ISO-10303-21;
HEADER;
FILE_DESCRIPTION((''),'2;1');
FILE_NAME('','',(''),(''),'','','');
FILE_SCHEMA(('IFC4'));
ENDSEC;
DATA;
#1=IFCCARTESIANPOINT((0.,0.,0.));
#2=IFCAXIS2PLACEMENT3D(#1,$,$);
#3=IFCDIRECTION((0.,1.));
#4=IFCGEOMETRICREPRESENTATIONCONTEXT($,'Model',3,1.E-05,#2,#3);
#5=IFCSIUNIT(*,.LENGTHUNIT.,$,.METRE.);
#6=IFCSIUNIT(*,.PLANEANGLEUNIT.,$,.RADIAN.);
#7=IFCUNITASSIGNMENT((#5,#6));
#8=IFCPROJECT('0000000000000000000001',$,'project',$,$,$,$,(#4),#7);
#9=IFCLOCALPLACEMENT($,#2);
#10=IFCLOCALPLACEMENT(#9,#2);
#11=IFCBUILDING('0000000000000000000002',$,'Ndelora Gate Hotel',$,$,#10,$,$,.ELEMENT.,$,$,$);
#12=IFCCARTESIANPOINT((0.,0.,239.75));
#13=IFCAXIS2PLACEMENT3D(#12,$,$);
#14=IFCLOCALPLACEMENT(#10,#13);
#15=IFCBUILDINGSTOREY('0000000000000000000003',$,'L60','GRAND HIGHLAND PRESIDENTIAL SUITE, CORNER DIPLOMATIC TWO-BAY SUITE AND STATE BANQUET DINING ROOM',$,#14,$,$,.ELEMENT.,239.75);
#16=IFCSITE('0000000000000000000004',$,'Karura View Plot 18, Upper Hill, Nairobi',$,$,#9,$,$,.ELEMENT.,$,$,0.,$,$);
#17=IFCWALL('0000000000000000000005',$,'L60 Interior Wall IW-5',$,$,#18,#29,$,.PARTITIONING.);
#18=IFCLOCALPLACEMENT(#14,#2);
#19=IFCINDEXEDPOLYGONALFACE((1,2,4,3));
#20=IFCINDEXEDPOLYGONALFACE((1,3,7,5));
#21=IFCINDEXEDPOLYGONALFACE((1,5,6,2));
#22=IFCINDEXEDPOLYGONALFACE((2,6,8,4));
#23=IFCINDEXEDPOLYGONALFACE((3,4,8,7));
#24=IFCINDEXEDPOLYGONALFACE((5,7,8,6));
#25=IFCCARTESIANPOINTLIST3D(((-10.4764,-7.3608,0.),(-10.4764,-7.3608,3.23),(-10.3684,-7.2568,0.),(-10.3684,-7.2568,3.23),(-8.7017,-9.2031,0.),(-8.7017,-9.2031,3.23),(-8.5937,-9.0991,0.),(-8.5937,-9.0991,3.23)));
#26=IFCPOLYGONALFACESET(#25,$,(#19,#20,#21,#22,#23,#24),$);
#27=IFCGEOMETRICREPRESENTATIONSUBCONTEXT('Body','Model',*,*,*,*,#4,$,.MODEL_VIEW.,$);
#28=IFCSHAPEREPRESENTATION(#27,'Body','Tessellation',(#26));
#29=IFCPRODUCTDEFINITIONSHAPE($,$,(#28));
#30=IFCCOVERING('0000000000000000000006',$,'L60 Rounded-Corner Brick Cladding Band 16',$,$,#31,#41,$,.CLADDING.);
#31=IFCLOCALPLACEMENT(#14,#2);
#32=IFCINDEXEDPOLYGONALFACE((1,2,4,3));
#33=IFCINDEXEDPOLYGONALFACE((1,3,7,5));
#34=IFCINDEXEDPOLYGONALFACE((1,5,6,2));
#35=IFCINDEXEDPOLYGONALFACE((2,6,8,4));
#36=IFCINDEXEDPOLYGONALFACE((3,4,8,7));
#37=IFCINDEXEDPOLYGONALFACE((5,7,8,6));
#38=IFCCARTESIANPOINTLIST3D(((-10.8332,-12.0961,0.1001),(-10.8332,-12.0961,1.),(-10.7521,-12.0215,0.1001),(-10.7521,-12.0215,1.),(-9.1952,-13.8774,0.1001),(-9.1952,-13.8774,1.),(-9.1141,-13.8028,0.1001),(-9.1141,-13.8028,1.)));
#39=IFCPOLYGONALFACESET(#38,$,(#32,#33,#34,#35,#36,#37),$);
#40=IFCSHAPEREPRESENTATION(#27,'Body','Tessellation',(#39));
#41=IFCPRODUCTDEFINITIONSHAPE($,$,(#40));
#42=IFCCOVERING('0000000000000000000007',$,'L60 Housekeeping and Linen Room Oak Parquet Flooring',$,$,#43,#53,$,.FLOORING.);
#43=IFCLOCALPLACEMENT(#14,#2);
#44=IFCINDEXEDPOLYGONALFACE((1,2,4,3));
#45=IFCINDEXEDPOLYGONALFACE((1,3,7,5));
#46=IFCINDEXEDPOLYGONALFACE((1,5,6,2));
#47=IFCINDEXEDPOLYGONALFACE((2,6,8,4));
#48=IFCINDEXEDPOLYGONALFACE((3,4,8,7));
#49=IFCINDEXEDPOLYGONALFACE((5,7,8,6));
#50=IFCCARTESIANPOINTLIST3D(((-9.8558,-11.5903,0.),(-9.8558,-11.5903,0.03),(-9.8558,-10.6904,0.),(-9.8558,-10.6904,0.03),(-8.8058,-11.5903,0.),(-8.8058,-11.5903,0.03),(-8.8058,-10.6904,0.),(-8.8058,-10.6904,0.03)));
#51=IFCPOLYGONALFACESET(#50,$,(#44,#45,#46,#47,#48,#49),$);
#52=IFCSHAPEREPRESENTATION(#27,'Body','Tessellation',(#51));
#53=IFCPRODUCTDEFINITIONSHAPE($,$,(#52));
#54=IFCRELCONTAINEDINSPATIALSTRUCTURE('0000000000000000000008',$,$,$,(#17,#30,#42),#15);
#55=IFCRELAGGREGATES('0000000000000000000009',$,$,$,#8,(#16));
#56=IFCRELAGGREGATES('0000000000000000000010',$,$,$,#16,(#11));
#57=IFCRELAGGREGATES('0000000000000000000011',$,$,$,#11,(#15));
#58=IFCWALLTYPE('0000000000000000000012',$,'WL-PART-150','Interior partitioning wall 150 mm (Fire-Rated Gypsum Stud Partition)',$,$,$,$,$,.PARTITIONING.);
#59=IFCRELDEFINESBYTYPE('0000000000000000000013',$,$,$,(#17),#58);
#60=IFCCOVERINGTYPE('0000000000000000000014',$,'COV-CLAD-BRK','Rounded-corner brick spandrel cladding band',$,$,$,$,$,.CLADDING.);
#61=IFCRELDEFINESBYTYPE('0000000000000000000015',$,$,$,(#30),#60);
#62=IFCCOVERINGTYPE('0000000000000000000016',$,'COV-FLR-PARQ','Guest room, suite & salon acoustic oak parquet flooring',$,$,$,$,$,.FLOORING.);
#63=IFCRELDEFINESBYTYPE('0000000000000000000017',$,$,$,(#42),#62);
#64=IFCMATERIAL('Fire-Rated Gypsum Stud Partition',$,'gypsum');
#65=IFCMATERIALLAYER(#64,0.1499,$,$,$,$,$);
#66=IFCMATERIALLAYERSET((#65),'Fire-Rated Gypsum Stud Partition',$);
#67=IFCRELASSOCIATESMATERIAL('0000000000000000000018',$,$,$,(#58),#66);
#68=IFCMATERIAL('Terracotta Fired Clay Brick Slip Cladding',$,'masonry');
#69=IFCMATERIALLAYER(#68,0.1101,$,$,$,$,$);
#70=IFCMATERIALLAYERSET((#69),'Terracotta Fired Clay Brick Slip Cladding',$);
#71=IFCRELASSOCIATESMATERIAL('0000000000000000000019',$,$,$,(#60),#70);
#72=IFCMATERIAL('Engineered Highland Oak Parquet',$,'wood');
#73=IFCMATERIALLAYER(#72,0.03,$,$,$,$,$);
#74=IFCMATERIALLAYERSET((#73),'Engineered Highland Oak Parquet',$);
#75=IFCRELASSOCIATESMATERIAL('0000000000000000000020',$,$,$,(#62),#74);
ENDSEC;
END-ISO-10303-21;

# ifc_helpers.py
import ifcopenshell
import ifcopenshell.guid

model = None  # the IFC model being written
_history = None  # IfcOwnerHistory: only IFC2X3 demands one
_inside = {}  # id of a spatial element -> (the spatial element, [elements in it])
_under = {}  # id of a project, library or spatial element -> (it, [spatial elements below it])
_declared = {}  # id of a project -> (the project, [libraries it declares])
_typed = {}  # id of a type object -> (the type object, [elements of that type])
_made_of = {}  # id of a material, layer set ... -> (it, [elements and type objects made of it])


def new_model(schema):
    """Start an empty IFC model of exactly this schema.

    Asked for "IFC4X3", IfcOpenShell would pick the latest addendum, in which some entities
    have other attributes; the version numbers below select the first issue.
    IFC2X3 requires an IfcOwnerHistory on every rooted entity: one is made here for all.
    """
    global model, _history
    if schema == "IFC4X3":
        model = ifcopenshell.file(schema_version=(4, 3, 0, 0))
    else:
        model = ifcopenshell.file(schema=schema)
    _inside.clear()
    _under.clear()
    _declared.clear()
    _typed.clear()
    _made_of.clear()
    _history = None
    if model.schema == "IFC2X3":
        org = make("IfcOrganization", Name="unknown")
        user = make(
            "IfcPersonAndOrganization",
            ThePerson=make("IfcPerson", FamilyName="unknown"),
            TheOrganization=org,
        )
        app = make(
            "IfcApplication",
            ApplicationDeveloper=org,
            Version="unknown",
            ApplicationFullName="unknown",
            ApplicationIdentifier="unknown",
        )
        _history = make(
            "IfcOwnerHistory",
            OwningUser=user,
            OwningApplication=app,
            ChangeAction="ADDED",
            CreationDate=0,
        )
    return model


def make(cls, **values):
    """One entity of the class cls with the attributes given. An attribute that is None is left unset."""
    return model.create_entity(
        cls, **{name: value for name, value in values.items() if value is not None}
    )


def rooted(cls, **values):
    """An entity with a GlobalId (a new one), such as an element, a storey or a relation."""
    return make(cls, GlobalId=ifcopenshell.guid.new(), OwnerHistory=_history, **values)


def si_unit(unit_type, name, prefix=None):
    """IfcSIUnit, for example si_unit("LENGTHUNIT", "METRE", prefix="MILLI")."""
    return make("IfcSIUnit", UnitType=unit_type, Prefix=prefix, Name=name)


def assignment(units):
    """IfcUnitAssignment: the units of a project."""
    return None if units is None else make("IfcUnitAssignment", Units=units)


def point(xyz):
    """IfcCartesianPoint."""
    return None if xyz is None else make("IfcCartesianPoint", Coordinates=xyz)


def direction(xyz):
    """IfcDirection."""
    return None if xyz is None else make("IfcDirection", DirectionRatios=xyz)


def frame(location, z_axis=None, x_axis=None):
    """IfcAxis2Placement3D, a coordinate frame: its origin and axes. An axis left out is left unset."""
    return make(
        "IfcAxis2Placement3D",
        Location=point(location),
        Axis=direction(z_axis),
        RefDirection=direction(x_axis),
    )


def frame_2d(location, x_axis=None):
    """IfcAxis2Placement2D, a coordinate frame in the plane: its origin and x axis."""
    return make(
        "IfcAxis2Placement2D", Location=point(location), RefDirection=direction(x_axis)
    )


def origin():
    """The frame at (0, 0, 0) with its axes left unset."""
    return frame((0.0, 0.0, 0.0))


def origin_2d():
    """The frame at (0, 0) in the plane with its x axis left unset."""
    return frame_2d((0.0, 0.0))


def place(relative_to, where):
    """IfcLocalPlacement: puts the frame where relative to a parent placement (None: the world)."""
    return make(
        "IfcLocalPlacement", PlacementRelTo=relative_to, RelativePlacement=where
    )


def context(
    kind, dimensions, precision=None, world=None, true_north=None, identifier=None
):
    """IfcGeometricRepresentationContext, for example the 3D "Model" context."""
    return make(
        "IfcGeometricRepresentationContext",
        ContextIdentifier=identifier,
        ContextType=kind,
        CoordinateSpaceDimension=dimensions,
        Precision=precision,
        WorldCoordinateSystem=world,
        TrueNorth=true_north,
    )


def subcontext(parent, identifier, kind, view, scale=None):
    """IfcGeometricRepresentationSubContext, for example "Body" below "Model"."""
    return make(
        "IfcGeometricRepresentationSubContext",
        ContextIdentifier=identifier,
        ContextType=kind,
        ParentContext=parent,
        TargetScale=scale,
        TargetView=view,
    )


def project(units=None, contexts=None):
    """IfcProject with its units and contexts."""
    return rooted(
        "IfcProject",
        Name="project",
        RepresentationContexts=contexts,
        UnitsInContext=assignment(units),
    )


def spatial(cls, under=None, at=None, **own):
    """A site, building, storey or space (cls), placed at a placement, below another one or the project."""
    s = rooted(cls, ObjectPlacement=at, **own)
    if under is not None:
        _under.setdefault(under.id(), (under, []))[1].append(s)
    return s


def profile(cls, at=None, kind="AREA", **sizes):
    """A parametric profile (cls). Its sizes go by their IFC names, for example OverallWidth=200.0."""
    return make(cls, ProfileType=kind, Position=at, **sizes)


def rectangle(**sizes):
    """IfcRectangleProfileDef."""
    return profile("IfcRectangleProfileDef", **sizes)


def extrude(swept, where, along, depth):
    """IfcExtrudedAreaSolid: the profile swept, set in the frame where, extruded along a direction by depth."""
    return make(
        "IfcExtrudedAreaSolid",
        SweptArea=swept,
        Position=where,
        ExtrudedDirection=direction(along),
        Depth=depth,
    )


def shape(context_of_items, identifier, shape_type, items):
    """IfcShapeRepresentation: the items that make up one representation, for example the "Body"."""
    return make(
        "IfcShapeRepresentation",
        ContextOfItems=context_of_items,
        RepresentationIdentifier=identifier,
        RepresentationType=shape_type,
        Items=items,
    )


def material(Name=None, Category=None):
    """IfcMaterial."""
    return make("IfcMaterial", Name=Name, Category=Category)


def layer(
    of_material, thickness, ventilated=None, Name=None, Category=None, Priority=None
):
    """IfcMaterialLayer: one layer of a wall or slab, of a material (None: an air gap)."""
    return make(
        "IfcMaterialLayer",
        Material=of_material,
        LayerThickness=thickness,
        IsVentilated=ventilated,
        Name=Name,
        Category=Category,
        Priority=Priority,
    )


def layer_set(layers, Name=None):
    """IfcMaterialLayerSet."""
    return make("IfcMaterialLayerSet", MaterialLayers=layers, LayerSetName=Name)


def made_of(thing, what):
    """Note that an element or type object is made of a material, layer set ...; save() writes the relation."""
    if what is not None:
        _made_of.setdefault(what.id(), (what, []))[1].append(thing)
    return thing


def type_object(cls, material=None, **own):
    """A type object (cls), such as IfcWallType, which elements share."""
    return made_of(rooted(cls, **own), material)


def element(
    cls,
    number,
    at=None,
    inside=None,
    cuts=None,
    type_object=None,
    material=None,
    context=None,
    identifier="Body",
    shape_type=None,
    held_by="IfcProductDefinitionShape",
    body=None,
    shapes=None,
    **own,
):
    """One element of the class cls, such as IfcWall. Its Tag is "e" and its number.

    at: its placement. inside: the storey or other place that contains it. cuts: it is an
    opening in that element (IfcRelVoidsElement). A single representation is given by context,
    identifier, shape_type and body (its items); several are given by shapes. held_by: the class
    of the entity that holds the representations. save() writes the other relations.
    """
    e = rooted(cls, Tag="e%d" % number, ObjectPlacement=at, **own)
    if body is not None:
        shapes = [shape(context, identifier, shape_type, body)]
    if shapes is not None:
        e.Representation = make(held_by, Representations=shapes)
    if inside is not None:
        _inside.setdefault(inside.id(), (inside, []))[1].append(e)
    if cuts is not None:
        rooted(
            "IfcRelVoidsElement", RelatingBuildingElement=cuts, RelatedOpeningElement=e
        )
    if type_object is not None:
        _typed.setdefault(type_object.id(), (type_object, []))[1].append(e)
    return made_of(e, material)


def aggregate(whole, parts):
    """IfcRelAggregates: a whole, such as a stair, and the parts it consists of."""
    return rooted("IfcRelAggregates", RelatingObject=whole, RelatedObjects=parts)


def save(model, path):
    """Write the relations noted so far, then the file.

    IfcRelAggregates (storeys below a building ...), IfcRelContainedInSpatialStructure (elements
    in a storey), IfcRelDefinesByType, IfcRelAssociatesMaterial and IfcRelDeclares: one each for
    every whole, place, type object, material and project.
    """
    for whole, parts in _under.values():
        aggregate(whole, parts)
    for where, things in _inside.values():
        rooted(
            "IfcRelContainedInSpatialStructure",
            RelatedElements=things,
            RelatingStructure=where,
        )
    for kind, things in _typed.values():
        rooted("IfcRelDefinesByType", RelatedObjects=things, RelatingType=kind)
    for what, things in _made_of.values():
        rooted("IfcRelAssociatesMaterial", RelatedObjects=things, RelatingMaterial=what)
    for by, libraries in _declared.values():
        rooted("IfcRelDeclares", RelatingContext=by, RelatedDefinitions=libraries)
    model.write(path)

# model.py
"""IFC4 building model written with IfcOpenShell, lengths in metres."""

from ifc_helpers import new_model, si_unit, direction, frame, frame_2d, origin, origin_2d, place, context, subcontext, project, spatial, rectangle, extrude, material, layer, layer_set, type_object, element, save


model = new_model("IFC4")

# Units and contexts
model_context = context("Model", 3, precision=1e-05, world=origin(), true_north=direction((0.0, 1.0)))
body_context = subcontext(model_context, "Body", "Model", "MODEL_VIEW")
ifc_project = project(units=[si_unit("LENGTHUNIT", "METRE"), si_unit("PLANEANGLEUNIT", "RADIAN")], contexts=[model_context])

# Site, building, storey
site_placement = place(None, origin())
site = spatial("IfcSite", under=ifc_project, at=site_placement, Name="Karura View Plot 18, Upper Hill, Nairobi", CompositionType="ELEMENT", RefElevation=0.0)
building_placement = place(site_placement, origin())
building = spatial("IfcBuilding", under=site, at=building_placement, Name="Ndelora Gate Hotel", CompositionType="ELEMENT")
storey_placement = place(building_placement, frame((0.0, 0.0, 239.75)))
storey = spatial("IfcBuildingStorey", under=building, at=storey_placement, Name="L60", Description="GRAND HIGHLAND PRESIDENTIAL SUITE, CORNER DIPLOMATIC TWO-BAY SUITE AND STATE BANQUET DINING ROOM", CompositionType="ELEMENT", Elevation=239.75)

# Shared definitions
ifc_material_1 = material(Name="Fire-Rated Gypsum Stud Partition", Category="gypsum")
ifc_layer_1 = layer(ifc_material_1, 0.1499)
ifc_layer_set_1 = layer_set([ifc_layer_1], Name="Fire-Rated Gypsum Stud Partition")
wall_type_1 = type_object("IfcWallType", Name="WL-PART-150", Description="Interior partitioning wall 150 mm (Fire-Rated Gypsum Stud Partition)", PredefinedType="PARTITIONING", material=ifc_layer_set_1)

# Wall
wall_1_placement = place(storey_placement, frame((-8.6477, -9.1511, 0.0), z_axis=(0.0, 0.0, 1.0), x_axis=(-0.693765, 0.720202, 0.0)))
element("IfcWall", 1, at=wall_1_placement, inside=storey, type_object=wall_type_1, Name="L60 Interior Wall IW-5", PredefinedType="PARTITIONING", context=body_context, shape_type="SweptSolid", body=[
    extrude(rectangle(XDim=2.5581, YDim=0.1499, at=frame_2d((1.2791, 0.0))), origin(), (0.0, 0.0, 1.0), 3.23),
])

# Coverings
ifc_material_2 = material(Name="Terracotta Fired Clay Brick Slip Cladding", Category="masonry")
ifc_layer_2 = layer(ifc_material_2, 0.1101)
ifc_layer_set_2 = layer_set([ifc_layer_2], Name="Terracotta Fired Clay Brick Slip Cladding")
covering_type_1 = type_object("IfcCoveringType", Name="COV-CLAD-BRK", Description="Rounded-corner brick spandrel cladding band", PredefinedType="CLADDING", material=ifc_layer_set_2)
covering_1_placement = place(storey_placement, frame((-9.9736, -12.9495, 0.1001), z_axis=(0.0, 0.0, 1.0), x_axis=(-0.676876, 0.736097, 0.0)))
element("IfcCovering", 2, at=covering_1_placement, inside=storey, type_object=covering_type_1, Name="L60 Rounded-Corner Brick Cladding Band 16", PredefinedType="CLADDING", context=body_context, shape_type="SweptSolid", body=[
    extrude(rectangle(XDim=2.4199, YDim=0.1101, at=origin_2d()), origin(), (0.0, 0.0, 1.0), 0.8999),
])
ifc_material_3 = material(Name="Engineered Highland Oak Parquet", Category="wood")
ifc_layer_3 = layer(ifc_material_3, 0.03)
ifc_layer_set_3 = layer_set([ifc_layer_3], Name="Engineered Highland Oak Parquet")
covering_type_2 = type_object("IfcCoveringType", Name="COV-FLR-PARQ", Description="Guest room, suite & salon acoustic oak parquet flooring", PredefinedType="FLOORING", material=ifc_layer_set_3)
covering_2_placement = place(storey_placement, frame((-9.3308, -11.1404, 0.0), z_axis=(0.0, 0.0, 1.0), x_axis=(1.0, 0.0, 0.0)))
element("IfcCovering", 3, at=covering_2_placement, inside=storey, type_object=covering_type_2, Name="L60 Housekeeping and Linen Room Oak Parquet Flooring", PredefinedType="FLOORING", context=body_context, shape_type="SweptSolid", body=[
    extrude(rectangle(XDim=1.05, YDim=0.8999, at=origin_2d()), origin(), (0.0, 0.0, 1.0), 0.03),
])

save(model, "model.ifc")
